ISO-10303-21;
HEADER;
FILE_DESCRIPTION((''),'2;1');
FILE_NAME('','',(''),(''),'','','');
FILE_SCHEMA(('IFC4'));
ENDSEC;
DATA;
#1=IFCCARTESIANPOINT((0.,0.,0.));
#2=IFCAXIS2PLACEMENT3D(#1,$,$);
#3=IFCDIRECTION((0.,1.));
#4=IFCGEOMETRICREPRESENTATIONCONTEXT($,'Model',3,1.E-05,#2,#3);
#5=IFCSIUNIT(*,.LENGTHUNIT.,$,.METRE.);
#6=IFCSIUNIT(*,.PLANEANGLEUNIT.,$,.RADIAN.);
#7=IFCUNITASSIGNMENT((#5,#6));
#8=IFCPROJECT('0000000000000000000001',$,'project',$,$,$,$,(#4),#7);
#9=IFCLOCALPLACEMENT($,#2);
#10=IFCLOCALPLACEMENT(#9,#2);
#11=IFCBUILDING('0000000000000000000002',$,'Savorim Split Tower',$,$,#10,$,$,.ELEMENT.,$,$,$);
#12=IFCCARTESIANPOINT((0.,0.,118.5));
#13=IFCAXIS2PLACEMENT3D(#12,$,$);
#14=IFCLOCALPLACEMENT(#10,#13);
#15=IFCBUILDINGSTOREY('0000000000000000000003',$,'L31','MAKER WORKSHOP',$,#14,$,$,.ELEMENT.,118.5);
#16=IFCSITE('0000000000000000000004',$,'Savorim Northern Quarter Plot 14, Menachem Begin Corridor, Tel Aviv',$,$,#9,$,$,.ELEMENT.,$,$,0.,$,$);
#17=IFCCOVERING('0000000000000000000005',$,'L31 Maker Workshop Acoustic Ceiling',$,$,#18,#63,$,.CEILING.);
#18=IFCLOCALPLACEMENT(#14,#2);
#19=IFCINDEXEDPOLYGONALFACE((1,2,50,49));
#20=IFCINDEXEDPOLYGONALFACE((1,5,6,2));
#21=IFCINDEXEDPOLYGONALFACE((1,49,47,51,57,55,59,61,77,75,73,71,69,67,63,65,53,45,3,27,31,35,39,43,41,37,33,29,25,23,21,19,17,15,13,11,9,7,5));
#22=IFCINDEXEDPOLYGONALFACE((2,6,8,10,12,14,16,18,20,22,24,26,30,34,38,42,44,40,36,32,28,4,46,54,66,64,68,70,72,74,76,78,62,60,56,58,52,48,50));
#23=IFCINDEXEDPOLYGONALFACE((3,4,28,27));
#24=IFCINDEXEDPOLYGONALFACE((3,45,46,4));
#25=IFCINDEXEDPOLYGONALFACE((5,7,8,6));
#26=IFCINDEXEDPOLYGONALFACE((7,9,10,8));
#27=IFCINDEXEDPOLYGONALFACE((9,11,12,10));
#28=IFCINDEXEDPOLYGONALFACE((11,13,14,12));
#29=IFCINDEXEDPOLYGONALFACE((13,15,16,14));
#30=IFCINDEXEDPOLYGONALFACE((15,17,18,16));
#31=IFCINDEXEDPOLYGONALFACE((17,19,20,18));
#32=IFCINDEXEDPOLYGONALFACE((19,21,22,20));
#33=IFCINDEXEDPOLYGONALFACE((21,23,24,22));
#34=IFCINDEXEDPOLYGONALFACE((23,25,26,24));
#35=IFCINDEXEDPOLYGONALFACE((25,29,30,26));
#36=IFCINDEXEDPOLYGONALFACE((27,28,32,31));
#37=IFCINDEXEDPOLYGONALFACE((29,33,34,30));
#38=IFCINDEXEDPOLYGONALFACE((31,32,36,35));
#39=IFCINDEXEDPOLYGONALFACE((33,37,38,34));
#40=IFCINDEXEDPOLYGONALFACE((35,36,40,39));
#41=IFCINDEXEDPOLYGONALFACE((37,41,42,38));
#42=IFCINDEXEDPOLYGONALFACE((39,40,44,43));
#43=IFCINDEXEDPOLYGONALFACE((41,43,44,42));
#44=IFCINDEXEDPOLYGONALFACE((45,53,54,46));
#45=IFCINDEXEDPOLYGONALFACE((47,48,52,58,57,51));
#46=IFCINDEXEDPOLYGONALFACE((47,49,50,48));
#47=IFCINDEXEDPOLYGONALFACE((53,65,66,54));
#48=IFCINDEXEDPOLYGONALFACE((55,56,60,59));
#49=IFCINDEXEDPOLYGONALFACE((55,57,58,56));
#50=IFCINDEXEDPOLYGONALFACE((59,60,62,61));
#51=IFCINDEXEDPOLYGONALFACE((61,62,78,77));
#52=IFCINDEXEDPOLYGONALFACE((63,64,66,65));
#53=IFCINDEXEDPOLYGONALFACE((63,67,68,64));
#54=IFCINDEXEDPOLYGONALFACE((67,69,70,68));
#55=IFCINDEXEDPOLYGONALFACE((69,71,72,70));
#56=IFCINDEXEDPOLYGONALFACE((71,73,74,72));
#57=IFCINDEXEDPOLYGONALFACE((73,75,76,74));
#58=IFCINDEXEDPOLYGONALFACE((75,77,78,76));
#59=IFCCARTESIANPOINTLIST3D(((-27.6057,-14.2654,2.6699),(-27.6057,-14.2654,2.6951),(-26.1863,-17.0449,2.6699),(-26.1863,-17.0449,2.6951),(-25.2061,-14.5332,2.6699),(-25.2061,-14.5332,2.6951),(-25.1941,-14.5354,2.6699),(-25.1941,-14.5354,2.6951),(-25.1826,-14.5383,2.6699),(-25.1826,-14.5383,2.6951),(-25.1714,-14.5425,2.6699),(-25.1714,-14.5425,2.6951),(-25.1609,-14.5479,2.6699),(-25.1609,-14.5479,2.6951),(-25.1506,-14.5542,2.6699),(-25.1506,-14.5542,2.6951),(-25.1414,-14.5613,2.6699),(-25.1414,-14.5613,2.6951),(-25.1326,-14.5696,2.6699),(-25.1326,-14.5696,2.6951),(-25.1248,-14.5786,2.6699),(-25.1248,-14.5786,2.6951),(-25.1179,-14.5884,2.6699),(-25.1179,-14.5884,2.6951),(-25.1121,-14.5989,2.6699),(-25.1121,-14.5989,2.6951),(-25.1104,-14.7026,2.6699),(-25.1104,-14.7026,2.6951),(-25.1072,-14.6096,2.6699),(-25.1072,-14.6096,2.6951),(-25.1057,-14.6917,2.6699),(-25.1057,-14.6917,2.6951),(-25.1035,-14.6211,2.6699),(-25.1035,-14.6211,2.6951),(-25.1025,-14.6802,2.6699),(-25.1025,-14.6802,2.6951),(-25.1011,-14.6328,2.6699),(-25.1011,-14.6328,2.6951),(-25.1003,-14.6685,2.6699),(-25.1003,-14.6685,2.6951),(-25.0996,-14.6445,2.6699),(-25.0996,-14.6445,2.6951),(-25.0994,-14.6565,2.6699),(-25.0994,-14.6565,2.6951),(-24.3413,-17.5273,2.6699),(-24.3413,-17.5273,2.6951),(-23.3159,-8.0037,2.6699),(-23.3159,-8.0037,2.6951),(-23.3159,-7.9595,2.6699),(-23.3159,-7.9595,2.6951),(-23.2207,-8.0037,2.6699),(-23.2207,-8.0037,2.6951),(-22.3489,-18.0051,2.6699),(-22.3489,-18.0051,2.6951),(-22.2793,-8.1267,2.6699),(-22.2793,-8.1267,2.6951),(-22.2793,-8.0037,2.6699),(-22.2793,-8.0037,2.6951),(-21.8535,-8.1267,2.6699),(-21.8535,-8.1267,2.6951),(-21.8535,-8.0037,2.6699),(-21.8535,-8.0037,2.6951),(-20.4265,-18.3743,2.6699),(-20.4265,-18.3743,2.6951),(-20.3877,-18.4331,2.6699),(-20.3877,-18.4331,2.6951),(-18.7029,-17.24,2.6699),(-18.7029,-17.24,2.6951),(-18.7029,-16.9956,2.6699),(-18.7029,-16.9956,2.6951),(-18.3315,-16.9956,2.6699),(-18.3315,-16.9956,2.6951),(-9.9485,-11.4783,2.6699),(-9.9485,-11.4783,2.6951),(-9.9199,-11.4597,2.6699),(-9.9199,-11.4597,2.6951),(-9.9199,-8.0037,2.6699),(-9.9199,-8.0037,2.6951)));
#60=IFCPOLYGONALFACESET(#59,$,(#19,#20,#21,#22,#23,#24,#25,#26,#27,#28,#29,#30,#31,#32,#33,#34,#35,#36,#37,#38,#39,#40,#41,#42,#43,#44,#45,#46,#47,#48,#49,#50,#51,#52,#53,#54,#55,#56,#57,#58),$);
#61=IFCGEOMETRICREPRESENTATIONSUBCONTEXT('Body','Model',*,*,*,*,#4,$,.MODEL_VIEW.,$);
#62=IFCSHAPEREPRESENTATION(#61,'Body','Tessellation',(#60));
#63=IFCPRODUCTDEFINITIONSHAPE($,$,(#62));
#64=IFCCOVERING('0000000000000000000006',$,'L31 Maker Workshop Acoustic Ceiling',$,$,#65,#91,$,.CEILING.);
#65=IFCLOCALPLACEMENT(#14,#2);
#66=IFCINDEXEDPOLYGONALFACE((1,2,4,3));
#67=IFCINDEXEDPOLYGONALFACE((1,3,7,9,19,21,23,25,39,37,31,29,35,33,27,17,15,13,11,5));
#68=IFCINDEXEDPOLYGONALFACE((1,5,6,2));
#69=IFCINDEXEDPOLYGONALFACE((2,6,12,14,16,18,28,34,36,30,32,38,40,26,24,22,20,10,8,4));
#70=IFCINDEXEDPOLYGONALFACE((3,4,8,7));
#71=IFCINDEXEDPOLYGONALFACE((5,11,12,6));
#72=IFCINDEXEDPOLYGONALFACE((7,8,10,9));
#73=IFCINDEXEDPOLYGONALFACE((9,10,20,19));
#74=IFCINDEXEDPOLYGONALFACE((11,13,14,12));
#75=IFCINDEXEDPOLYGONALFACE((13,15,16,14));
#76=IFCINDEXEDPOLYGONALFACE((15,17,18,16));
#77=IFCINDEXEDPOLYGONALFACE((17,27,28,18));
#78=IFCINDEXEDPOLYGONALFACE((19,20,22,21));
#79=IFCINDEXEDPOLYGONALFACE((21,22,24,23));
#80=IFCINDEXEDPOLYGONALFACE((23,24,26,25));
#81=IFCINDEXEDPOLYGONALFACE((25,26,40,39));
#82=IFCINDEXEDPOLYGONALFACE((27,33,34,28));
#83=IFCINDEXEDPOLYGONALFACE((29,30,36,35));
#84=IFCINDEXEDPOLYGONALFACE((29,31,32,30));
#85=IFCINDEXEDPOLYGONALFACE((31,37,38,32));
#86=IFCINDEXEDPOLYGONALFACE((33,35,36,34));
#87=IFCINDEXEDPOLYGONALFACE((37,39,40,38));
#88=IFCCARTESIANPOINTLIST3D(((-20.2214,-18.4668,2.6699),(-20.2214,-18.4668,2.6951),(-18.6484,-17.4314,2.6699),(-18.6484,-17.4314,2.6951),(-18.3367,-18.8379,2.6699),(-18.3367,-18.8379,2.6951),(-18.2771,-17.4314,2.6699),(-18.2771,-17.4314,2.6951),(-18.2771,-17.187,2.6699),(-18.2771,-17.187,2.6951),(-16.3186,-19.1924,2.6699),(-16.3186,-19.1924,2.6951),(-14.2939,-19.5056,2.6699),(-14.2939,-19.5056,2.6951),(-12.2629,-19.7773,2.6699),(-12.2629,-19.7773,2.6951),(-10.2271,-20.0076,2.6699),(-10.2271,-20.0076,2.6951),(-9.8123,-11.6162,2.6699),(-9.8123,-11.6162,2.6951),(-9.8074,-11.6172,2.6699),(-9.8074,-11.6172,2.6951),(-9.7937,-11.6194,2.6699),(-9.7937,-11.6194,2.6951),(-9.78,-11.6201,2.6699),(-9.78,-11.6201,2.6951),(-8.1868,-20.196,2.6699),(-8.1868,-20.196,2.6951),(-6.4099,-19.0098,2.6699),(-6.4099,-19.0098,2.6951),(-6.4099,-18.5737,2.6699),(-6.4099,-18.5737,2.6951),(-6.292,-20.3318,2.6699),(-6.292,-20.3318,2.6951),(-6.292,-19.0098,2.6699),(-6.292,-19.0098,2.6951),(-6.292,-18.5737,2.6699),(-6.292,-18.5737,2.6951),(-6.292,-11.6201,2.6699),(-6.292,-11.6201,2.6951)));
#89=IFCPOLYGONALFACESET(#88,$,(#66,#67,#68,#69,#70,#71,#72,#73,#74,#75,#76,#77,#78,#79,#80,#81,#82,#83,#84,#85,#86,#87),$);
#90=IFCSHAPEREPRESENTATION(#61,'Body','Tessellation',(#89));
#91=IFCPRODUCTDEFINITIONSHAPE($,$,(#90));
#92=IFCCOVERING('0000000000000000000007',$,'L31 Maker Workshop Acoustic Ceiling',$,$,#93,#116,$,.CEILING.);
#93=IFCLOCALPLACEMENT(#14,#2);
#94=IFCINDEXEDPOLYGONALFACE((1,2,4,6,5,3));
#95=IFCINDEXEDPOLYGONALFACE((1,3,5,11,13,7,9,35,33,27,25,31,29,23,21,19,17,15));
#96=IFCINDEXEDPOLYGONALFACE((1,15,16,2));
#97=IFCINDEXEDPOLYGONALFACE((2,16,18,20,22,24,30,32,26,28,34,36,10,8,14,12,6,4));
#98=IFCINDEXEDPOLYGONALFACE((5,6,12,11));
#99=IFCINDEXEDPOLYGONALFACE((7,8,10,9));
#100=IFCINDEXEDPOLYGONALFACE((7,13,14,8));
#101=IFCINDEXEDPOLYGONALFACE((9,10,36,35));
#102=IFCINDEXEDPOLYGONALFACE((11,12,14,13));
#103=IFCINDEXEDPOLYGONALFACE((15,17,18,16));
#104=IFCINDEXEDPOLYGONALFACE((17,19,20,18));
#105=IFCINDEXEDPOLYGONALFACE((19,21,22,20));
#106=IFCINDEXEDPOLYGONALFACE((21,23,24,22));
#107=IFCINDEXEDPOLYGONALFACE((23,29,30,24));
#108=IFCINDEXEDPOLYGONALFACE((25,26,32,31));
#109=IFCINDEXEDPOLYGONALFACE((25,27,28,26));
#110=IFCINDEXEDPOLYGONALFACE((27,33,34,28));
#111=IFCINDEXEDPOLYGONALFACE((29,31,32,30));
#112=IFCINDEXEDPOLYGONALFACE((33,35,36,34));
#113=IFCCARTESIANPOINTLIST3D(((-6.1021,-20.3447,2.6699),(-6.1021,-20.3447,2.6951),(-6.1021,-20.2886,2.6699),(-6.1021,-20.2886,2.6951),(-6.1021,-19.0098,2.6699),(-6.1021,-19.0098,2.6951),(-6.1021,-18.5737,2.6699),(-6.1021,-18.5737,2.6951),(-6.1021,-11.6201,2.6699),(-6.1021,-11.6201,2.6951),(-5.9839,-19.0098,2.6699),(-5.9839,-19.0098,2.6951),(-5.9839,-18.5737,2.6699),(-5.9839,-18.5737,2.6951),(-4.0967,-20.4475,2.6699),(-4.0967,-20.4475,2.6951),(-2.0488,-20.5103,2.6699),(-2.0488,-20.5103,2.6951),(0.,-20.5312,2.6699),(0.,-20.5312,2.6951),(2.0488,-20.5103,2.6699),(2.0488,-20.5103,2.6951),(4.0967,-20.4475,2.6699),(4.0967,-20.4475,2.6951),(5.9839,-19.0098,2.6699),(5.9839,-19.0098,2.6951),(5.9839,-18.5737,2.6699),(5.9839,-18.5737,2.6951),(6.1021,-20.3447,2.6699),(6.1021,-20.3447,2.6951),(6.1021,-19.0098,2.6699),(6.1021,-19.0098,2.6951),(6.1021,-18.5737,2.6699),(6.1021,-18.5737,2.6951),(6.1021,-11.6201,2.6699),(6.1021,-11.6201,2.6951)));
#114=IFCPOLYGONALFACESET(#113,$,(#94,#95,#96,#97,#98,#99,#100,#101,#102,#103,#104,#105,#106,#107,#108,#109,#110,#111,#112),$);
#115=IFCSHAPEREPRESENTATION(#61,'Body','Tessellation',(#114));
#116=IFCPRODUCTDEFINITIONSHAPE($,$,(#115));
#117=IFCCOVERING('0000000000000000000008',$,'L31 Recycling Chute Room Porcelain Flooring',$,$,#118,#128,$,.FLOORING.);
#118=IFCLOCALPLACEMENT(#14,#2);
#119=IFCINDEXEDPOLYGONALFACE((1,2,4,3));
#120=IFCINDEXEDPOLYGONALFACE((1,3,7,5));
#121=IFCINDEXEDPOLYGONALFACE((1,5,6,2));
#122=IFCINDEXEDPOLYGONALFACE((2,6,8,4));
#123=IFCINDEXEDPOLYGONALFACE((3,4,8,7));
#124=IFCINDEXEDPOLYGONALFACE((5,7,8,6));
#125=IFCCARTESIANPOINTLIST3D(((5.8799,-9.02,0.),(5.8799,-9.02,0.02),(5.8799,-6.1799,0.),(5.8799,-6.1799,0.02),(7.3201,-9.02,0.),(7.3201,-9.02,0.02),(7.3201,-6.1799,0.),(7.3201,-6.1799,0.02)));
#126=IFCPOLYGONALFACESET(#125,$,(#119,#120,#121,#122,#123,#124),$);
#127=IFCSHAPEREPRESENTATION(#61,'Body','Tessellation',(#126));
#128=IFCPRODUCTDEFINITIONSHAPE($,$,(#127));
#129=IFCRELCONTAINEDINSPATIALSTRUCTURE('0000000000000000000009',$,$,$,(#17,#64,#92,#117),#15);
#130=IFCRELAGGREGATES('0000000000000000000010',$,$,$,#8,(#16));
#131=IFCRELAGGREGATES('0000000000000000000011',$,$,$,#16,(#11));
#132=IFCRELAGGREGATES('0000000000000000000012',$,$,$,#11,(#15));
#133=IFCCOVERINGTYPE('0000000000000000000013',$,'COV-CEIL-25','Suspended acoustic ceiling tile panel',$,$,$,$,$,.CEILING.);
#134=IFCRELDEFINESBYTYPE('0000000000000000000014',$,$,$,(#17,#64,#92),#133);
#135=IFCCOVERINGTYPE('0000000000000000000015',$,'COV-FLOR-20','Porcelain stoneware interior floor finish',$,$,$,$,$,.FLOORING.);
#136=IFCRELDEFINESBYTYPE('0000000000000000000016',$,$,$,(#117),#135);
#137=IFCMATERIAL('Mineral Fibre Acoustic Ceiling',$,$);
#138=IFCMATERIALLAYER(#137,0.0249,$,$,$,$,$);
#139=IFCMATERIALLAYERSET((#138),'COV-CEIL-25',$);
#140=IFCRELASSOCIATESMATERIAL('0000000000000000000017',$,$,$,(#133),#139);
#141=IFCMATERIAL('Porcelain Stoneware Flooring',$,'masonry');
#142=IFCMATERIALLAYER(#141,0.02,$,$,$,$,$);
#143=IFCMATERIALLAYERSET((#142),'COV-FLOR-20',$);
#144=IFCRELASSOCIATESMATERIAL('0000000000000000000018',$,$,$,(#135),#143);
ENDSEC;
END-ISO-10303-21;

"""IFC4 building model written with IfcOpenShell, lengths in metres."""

from ifc_helpers import new_model, si_unit, direction, frame, origin, place, context, subcontext, project, spatial, polyline, outline, extrude, material, layer, layer_set, type_object, element, save


model = new_model("IFC4")

# Units and contexts
model_context = context("Model", 3, precision=1e-05, world=origin(), true_north=direction((0.0, 1.0)))
body_context = subcontext(model_context, "Body", "Model", "MODEL_VIEW")
ifc_project = project(units=[si_unit("LENGTHUNIT", "METRE"), si_unit("PLANEANGLEUNIT", "RADIAN")], contexts=[model_context])

# Site, building, storey
site_placement = place(None, origin())
site = spatial("IfcSite", under=ifc_project, at=site_placement, Name="Savorim Northern Quarter Plot 14, Menachem Begin Corridor, Tel Aviv", CompositionType="ELEMENT", RefElevation=0.0)
building_placement = place(site_placement, origin())
building = spatial("IfcBuilding", under=site, at=building_placement, Name="Savorim Split Tower", CompositionType="ELEMENT")
storey_placement = place(building_placement, frame((0.0, 0.0, 118.5)))
storey = spatial("IfcBuildingStorey", under=building, at=storey_placement, Name="L31", Description="MAKER WORKSHOP", CompositionType="ELEMENT", Elevation=118.5)

# Coverings
ifc_material_1 = material(Name="Mineral Fibre Acoustic Ceiling")
ifc_layer_1 = layer(ifc_material_1, 0.0249)
ifc_layer_set_1 = layer_set([ifc_layer_1], Name="COV-CEIL-25")
covering_type_1 = type_object("IfcCoveringType", Name="COV-CEIL-25", Description="Suspended acoustic ceiling tile panel", PredefinedType="CEILING", material=ifc_layer_set_1)
covering_1_placement = place(storey_placement, frame((0.0, 0.0, 2.6699)))
element("IfcCovering", 1, at=covering_1_placement, inside=storey, type_object=covering_type_1, Name="L31 Maker Workshop Acoustic Ceiling", PredefinedType="CEILING", context=body_context, shape_type="SweptSolid", body=[
    extrude(outline(polyline([(-25.0996, -14.6445), (-25.0994, -14.6565), (-25.1003, -14.6685), (-25.1025, -14.6802), (-25.1057, -14.6917), (-25.1104, -14.7026), (-26.1863, -17.0449), (-24.3413, -17.5273), (-22.3489, -18.0051), (-20.3877, -18.4331), (-20.4265, -18.3743), (-18.7029, -17.24), (-18.7029, -16.9956), (-18.3315, -16.9956), (-9.9485, -11.4783), (-9.9199, -11.4597), (-9.9199, -8.0037), (-21.8535, -8.0037), (-21.8535, -8.1267), (-22.2793, -8.1267), (-22.2793, -8.0037), (-23.2207, -8.0037), (-23.3159, -8.0037), (-23.3159, -7.9595), (-27.6057, -14.2654), (-25.2061, -14.5332), (-25.1941, -14.5354), (-25.1826, -14.5383), (-25.1714, -14.5425), (-25.1609, -14.5479), (-25.1506, -14.5542), (-25.1414, -14.5613), (-25.1326, -14.5696), (-25.1248, -14.5786), (-25.1179, -14.5884), (-25.1121, -14.5989), (-25.1072, -14.6096), (-25.1035, -14.6211), (-25.1011, -14.6328), (-25.0996, -14.6445)])), origin(), (0.0, 0.0, 1.0), 0.0251),
])
covering_2_placement = place(storey_placement, frame((0.0, 0.0, 2.6699)))
element("IfcCovering", 2, at=covering_2_placement, inside=storey, type_object=covering_type_1, Name="L31 Maker Workshop Acoustic Ceiling", PredefinedType="CEILING", context=body_context, shape_type="SweptSolid", body=[
    extrude(outline(polyline([(-14.2939, -19.5056), (-12.2629, -19.7773), (-10.2271, -20.0076), (-8.1868, -20.196), (-6.292, -20.3318), (-6.292, -19.0098), (-6.4099, -19.0098), (-6.4099, -18.5737), (-6.292, -18.5737), (-6.292, -11.6201), (-9.78, -11.6201), (-9.7937, -11.6194), (-9.8074, -11.6172), (-9.8123, -11.6162), (-18.2771, -17.187), (-18.2771, -17.4314), (-18.6484, -17.4314), (-20.2214, -18.4668), (-18.3367, -18.8379), (-16.3186, -19.1924), (-14.2939, -19.5056)])), origin(), (0.0, 0.0, 1.0), 0.0251),
])
covering_3_placement = place(storey_placement, frame((0.0, 0.0, 2.6699)))
element("IfcCovering", 3, at=covering_3_placement, inside=storey, type_object=covering_type_1, Name="L31 Maker Workshop Acoustic Ceiling", PredefinedType="CEILING", context=body_context, shape_type="SweptSolid", body=[
    extrude(outline(polyline([(-2.0488, -20.5103), (0.0, -20.5312), (2.0488, -20.5103), (4.0967, -20.4475), (6.1021, -20.3447), (6.1021, -19.0098), (5.9839, -19.0098), (5.9839, -18.5737), (6.1021, -18.5737), (6.1021, -11.6201), (-6.1021, -11.6201), (-6.1021, -18.5737), (-5.9839, -18.5737), (-5.9839, -19.0098), (-6.1021, -19.0098), (-6.1021, -20.2886), (-6.1021, -20.3447), (-4.0967, -20.4475), (-2.0488, -20.5103)])), origin(), (0.0, 0.0, 1.0), 0.0251),
])
ifc_material_2 = material(Name="Porcelain Stoneware Flooring", Category="masonry")
ifc_layer_2 = layer(ifc_material_2, 0.02)
ifc_layer_set_2 = layer_set([ifc_layer_2], Name="COV-FLOR-20")
covering_type_2 = type_object("IfcCoveringType", Name="COV-FLOR-20", Description="Porcelain stoneware interior floor finish", PredefinedType="FLOORING", material=ifc_layer_set_2)
covering_4_placement = place(storey_placement, origin())
element("IfcCovering", 4, at=covering_4_placement, inside=storey, type_object=covering_type_2, Name="L31 Recycling Chute Room Porcelain Flooring", PredefinedType="FLOORING", context=body_context, shape_type="SweptSolid", body=[
    extrude(outline(polyline([(5.8799, -6.1799), (5.8799, -9.02), (7.3201, -9.02), (7.3201, -6.1799), (5.8799, -6.1799)])), origin(), (0.0, 0.0, 1.0), 0.02),
])

save(model, "model.ifc")
